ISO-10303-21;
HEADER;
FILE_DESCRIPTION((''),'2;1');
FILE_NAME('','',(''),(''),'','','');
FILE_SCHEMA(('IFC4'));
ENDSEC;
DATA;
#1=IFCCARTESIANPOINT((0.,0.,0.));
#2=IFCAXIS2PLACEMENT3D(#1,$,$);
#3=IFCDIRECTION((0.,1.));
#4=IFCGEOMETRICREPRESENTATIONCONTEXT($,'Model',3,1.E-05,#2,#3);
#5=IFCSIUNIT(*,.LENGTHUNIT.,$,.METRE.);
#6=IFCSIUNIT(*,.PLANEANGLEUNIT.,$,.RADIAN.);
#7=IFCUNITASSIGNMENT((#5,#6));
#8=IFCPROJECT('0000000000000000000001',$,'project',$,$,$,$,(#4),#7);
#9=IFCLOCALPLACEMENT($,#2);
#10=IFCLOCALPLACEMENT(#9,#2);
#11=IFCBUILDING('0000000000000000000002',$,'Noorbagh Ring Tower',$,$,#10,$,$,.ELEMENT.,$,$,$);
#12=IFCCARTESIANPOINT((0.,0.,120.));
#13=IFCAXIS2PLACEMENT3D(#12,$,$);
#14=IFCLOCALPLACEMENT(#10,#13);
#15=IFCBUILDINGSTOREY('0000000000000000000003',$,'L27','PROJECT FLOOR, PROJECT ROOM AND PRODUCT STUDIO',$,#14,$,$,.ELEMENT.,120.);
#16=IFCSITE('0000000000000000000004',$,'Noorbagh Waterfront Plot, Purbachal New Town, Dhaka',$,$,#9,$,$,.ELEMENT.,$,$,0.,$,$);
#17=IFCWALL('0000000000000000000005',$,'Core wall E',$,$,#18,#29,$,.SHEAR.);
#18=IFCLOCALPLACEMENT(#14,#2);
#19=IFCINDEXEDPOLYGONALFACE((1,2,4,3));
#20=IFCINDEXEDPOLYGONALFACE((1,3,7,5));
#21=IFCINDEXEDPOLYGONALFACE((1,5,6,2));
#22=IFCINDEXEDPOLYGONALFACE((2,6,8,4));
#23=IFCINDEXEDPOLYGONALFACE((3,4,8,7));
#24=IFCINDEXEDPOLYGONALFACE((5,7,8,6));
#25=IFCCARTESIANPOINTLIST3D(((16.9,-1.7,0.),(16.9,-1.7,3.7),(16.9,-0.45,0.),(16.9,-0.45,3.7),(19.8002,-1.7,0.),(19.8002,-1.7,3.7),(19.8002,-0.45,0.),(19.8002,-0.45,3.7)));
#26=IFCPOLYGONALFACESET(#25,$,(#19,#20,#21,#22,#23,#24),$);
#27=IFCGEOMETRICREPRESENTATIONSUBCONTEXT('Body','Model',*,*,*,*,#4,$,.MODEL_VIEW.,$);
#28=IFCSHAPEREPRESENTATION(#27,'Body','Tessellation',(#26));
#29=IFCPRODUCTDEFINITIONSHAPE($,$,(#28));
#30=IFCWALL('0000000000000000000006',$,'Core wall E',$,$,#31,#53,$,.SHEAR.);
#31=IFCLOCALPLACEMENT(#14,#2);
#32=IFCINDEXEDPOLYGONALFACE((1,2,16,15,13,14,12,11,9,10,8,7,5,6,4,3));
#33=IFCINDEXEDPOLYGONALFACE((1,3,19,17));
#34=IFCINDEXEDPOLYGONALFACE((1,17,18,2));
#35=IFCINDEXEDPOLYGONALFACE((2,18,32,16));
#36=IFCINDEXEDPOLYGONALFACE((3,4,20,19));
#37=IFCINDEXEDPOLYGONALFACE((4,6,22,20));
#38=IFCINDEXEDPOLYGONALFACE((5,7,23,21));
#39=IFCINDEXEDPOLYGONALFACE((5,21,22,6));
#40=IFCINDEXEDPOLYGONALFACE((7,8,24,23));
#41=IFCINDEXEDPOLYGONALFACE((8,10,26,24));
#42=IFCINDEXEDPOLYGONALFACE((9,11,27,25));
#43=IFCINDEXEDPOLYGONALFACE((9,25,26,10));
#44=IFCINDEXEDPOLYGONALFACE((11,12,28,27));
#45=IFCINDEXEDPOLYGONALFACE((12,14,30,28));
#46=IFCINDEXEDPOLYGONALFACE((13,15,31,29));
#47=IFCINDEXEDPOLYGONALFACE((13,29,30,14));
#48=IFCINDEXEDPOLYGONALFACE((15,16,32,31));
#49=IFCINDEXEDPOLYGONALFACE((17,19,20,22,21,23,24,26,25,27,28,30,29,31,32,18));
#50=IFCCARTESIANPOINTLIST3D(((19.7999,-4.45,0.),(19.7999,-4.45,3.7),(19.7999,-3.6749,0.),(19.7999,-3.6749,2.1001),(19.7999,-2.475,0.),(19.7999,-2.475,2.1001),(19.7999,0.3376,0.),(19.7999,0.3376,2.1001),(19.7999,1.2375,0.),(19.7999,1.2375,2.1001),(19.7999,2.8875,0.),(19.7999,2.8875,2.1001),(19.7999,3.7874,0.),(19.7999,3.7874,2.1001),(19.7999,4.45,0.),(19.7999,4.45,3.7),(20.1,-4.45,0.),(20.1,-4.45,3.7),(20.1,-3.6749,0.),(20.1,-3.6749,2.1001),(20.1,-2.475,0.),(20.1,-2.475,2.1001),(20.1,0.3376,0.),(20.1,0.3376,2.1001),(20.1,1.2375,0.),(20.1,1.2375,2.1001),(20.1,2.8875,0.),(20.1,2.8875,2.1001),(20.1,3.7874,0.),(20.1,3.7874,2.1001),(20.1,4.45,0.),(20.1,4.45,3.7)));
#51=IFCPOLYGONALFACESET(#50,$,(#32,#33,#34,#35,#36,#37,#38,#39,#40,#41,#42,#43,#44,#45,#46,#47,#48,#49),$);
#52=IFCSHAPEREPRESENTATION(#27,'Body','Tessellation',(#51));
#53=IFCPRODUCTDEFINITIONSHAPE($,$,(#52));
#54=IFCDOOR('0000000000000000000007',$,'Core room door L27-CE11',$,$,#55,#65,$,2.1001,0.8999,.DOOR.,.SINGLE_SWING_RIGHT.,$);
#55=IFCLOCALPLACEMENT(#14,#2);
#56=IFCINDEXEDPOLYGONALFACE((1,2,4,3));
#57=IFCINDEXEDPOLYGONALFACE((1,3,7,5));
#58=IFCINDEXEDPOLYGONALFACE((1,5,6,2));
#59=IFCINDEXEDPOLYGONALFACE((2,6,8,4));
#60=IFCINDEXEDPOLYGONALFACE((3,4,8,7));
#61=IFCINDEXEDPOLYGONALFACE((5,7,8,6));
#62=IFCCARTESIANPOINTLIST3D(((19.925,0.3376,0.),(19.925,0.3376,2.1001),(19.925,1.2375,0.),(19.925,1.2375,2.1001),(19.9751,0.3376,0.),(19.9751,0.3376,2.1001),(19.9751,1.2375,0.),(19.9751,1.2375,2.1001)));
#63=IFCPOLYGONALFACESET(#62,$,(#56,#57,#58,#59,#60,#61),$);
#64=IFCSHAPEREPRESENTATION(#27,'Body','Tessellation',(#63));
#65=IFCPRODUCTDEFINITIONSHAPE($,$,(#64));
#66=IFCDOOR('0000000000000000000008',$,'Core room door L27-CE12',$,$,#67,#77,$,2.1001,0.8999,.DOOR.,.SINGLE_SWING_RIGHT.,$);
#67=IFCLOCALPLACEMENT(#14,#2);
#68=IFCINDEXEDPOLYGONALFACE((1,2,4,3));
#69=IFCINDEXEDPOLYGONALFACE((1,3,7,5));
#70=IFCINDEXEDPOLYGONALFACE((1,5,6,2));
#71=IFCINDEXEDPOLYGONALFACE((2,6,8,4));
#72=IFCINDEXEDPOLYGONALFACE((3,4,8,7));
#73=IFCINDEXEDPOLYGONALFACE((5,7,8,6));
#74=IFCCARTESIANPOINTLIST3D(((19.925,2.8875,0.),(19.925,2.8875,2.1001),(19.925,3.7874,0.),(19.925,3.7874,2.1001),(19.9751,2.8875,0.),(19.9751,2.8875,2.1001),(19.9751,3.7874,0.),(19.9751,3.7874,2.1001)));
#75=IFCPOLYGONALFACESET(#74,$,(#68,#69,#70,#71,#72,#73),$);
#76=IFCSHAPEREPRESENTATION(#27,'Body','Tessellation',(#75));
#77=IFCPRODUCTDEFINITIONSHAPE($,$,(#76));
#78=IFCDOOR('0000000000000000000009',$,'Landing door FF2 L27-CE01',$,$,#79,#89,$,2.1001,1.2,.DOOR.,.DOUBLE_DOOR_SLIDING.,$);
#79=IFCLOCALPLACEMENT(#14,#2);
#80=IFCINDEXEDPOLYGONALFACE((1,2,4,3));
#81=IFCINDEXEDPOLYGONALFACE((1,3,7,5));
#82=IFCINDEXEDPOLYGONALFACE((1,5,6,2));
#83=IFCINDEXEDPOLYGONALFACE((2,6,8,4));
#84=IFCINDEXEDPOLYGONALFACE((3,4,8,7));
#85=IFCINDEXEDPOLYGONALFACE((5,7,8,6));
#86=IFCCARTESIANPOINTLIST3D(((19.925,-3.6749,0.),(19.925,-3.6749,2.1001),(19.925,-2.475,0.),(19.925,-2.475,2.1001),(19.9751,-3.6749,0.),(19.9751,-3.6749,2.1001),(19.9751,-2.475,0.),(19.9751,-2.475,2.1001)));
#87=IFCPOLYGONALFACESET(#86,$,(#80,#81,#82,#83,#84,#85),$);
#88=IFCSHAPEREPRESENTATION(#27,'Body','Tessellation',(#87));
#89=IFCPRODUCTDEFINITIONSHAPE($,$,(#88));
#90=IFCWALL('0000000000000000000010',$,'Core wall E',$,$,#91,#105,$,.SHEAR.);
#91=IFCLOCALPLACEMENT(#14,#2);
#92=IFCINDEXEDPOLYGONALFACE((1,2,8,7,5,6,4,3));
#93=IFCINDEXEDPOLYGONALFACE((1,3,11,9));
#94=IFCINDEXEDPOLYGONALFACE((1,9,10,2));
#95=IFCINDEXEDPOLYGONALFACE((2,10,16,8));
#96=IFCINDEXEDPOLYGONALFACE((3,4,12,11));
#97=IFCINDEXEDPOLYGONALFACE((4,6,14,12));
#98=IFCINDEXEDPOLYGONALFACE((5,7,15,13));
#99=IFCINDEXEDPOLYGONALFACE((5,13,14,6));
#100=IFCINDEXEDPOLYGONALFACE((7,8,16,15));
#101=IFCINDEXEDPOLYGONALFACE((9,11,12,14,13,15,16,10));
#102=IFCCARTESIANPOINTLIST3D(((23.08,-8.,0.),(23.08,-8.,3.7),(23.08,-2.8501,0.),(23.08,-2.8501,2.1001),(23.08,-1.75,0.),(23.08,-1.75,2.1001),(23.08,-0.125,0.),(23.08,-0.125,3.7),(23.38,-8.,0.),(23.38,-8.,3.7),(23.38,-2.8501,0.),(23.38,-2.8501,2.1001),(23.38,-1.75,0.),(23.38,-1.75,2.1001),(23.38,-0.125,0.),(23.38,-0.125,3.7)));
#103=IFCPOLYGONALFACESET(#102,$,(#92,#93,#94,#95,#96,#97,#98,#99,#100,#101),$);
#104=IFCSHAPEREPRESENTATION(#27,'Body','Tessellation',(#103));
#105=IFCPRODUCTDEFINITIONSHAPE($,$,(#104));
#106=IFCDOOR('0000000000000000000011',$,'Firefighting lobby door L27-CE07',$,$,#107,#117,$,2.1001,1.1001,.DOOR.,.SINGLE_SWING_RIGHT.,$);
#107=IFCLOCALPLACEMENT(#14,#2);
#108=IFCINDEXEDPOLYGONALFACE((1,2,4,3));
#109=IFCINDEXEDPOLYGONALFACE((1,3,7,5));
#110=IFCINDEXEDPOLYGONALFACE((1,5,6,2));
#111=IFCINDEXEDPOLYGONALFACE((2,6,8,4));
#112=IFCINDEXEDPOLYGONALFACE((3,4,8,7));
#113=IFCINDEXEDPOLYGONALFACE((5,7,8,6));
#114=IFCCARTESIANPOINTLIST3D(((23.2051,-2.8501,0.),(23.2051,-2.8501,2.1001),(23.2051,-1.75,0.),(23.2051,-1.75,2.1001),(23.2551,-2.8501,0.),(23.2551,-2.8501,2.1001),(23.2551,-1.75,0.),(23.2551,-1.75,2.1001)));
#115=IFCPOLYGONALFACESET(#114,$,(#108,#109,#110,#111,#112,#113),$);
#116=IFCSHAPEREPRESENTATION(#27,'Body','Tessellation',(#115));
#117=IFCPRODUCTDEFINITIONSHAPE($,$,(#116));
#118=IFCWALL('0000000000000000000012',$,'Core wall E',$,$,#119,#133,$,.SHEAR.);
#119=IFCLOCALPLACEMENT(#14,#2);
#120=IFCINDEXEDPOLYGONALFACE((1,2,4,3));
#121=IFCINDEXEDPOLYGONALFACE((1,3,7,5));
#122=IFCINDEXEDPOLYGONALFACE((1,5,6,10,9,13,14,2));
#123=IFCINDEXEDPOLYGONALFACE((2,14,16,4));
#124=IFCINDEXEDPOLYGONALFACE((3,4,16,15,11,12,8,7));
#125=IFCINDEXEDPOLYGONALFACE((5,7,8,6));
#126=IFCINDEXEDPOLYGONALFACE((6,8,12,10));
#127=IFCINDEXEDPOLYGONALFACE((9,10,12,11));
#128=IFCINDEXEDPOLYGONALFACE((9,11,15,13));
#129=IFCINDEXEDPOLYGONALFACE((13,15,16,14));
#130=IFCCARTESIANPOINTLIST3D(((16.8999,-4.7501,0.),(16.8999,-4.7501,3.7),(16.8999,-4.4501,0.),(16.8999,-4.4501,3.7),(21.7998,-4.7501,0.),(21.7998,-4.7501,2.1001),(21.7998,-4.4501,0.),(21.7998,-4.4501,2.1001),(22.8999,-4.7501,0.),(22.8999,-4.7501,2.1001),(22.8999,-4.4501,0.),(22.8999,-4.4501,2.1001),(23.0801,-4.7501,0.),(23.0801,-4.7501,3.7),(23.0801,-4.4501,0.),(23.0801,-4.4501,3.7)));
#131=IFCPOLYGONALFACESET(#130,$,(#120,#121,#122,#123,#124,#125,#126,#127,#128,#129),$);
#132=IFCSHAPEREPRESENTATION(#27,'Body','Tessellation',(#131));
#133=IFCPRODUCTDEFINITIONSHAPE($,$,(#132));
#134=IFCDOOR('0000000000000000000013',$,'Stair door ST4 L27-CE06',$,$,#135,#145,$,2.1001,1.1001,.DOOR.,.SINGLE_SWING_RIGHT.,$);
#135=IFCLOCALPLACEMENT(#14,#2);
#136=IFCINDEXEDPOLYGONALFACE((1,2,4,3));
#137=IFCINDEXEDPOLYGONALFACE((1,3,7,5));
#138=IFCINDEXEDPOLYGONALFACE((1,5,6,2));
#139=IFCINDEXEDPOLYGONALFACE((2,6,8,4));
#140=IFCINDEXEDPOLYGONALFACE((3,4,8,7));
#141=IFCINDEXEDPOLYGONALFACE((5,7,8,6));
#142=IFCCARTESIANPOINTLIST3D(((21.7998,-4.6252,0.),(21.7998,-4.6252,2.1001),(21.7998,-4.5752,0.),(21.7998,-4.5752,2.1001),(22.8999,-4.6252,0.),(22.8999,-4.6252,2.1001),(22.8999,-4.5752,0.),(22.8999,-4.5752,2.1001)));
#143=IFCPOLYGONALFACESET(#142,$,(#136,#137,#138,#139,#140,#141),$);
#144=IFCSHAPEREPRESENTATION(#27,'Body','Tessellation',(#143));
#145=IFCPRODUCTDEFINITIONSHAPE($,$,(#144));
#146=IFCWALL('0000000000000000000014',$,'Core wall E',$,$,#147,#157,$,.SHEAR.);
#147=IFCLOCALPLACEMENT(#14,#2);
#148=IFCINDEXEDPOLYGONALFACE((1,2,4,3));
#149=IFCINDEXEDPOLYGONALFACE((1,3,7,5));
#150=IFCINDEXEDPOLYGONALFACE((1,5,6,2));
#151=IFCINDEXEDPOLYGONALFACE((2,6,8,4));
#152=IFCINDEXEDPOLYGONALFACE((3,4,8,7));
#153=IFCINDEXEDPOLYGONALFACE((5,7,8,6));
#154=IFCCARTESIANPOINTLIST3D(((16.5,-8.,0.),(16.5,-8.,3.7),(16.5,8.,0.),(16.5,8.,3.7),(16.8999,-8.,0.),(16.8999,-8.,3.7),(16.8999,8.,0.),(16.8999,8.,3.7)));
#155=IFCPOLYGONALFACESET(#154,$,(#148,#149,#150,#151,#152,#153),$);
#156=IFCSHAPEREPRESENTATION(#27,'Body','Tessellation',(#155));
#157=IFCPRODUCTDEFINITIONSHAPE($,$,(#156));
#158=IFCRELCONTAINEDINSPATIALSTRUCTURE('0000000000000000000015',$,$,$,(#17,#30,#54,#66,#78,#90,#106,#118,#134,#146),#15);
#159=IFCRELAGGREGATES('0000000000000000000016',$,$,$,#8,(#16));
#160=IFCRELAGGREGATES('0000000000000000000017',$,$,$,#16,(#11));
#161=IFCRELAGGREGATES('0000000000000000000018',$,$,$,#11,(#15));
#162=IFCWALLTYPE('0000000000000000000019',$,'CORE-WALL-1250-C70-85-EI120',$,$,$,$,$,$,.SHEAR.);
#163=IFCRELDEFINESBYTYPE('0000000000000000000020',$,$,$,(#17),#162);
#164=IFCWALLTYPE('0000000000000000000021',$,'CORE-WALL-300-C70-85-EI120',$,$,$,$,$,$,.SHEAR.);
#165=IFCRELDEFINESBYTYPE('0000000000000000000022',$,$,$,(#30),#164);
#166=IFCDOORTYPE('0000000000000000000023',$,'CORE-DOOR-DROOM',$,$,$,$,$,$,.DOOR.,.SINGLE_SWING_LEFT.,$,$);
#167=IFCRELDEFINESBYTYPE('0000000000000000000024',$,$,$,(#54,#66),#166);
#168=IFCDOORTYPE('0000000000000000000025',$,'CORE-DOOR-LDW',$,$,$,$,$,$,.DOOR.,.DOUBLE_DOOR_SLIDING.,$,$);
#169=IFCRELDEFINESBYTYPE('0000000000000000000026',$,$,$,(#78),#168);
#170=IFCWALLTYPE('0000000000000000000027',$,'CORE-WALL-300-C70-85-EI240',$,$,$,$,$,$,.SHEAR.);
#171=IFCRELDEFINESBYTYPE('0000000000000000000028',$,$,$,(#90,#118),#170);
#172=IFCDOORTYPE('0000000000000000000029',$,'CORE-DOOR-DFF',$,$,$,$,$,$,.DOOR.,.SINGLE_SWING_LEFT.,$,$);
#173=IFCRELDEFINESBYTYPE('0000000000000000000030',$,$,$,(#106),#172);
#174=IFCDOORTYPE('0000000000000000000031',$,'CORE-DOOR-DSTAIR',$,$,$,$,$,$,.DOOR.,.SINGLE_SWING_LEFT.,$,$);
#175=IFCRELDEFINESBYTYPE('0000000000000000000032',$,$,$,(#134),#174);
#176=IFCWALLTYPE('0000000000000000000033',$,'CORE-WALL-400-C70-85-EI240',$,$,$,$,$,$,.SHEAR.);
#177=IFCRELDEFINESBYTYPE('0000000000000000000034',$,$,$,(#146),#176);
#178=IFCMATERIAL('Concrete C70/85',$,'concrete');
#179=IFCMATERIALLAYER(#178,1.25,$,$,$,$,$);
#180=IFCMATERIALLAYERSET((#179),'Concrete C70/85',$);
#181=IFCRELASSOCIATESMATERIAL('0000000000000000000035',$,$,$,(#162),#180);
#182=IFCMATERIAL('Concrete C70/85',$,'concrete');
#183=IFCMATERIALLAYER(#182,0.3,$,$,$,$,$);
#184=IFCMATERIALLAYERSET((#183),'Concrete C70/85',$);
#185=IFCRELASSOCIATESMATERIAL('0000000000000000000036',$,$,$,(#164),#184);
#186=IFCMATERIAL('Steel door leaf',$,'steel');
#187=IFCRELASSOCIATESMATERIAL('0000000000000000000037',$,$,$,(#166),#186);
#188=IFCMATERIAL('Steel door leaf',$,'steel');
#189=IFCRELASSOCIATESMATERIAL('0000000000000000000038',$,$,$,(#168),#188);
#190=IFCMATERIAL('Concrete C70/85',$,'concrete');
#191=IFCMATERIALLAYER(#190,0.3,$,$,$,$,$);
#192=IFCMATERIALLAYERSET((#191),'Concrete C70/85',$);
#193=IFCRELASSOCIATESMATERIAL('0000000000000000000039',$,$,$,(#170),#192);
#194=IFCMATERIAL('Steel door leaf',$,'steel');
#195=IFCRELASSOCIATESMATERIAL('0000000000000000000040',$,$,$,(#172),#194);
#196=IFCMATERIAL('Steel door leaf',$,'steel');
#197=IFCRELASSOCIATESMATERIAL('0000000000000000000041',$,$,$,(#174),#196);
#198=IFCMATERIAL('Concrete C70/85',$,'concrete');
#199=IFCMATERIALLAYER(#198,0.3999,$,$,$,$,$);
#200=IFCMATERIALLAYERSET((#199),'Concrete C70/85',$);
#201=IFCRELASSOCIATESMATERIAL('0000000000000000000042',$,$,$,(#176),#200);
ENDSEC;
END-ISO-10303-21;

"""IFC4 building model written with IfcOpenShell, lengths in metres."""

from ifc_helpers import new_model, si_unit, direction, frame, frame_2d, origin, place, context, subcontext, project, spatial, rectangle, extrude, material, layer, layer_set, type_object, element, fill, save


model = new_model("IFC4")

# Units and contexts
model_context = context("Model", 3, precision=1e-05, world=origin(), true_north=direction((0.0, 1.0)))
body_context = subcontext(model_context, "Body", "Model", "MODEL_VIEW")
ifc_project = project(units=[si_unit("LENGTHUNIT", "METRE"), si_unit("PLANEANGLEUNIT", "RADIAN")], contexts=[model_context])

# Site, building, storey
site_placement = place(None, origin())
site = spatial("IfcSite", under=ifc_project, at=site_placement, Name="Noorbagh Waterfront Plot, Purbachal New Town, Dhaka", CompositionType="ELEMENT", RefElevation=0.0)
building_placement = place(site_placement, origin())
building = spatial("IfcBuilding", under=site, at=building_placement, Name="Noorbagh Ring Tower", CompositionType="ELEMENT")
storey_placement = place(building_placement, frame((0.0, 0.0, 120.0)))
storey = spatial("IfcBuildingStorey", under=building, at=storey_placement, Name="L27", Description="PROJECT FLOOR, PROJECT ROOM AND PRODUCT STUDIO", CompositionType="ELEMENT", Elevation=120.0)

# Wall
ifc_material_1 = material(Name="Concrete C70/85", Category="concrete")
ifc_layer_1 = layer(ifc_material_1, 1.25)
ifc_layer_set_1 = layer_set([ifc_layer_1], Name="Concrete C70/85")
wall_type_1 = type_object("IfcWallType", Name="CORE-WALL-1250-C70-85-EI120", PredefinedType="SHEAR", material=ifc_layer_set_1)
wall_1_placement = place(storey_placement, frame((16.8999, -1.075, 0.0), z_axis=(0.0, 0.0, 1.0), x_axis=(1.0, 0.0, 0.0)))
element("IfcWall", 1, at=wall_1_placement, inside=storey, type_object=wall_type_1, Name="Core wall E", PredefinedType="SHEAR", context=body_context, shape_type="SweptSolid", body=[
    extrude(rectangle(XDim=2.9001, YDim=1.25, at=frame_2d((1.4502, 0.0))), origin(), (0.0, 0.0, 1.0), 3.7),
])

# Wall, openings, doors
ifc_material_2 = material(Name="Concrete C70/85", Category="concrete")
ifc_layer_2 = layer(ifc_material_2, 0.3)
ifc_layer_set_2 = layer_set([ifc_layer_2], Name="Concrete C70/85")
wall_type_2 = type_object("IfcWallType", Name="CORE-WALL-300-C70-85-EI120", PredefinedType="SHEAR", material=ifc_layer_set_2)
wall_2_placement = place(storey_placement, frame((19.95, -4.45, 0.0), z_axis=(0.0, 0.0, 1.0), x_axis=(0.0, 1.0, 0.0)))
wall_2 = element("IfcWall", 2, at=wall_2_placement, inside=storey, type_object=wall_type_2, Name="Core wall E", PredefinedType="SHEAR", context=body_context, shape_type="SweptSolid", body=[
    extrude(rectangle(XDim=8.8999, YDim=0.3, at=frame_2d((4.45, 0.0))), origin(), (0.0, 0.0, 1.0), 3.7),
])
opening_1_placement = place(wall_2_placement, frame((0.7749, 0.0, 0.0)))
opening_1 = element("IfcOpeningElement", 3, at=opening_1_placement, cuts=wall_2, PredefinedType="OPENING", context=body_context, shape_type="SweptSolid", body=[
    extrude(rectangle(XDim=1.2, YDim=2.1001, at=frame_2d((0.6001, 1.05))), frame((0.0, 0.1602, 0.0), z_axis=(0.0, -1.0, 0.0), x_axis=(1.0, 0.0, 0.0)), (0.0, 0.0, 1.0), 0.3201),
])
opening_2_placement = place(wall_2_placement, frame((4.7876, 0.0, 0.0)))
opening_2 = element("IfcOpeningElement", 4, at=opening_2_placement, cuts=wall_2, PredefinedType="OPENING", context=body_context, shape_type="SweptSolid", body=[
    extrude(rectangle(XDim=0.8999, YDim=2.1001, at=frame_2d((0.45, 1.05))), frame((0.0, 0.1602, 0.0), z_axis=(0.0, -1.0, 0.0), x_axis=(1.0, 0.0, 0.0)), (0.0, 0.0, 1.0), 0.3201),
])
opening_3_placement = place(wall_2_placement, frame((7.3374, 0.0, 0.0)))
opening_3 = element("IfcOpeningElement", 5, at=opening_3_placement, cuts=wall_2, PredefinedType="OPENING", context=body_context, shape_type="SweptSolid", body=[
    extrude(rectangle(XDim=0.8999, YDim=2.1001, at=frame_2d((0.45, 1.05))), frame((0.0, 0.1602, 0.0), z_axis=(0.0, -1.0, 0.0), x_axis=(1.0, 0.0, 0.0)), (0.0, 0.0, 1.0), 0.3201),
])
ifc_material_3 = material(Name="Steel door leaf", Category="steel")
door_type_1 = type_object("IfcDoorType", Name="CORE-DOOR-DROOM", OperationType="SINGLE_SWING_LEFT", PredefinedType="DOOR", material=ifc_material_3)
door_1_placement = place(opening_2_placement, origin())
door_1 = element("IfcDoor", 6, at=door_1_placement, inside=storey, type_object=door_type_1, Name="Core room door L27-CE11", OperationType="SINGLE_SWING_RIGHT", OverallHeight=2.1001, OverallWidth=0.8999, PredefinedType="DOOR", context=body_context, shape_type="SweptSolid", body=[
    extrude(rectangle(XDim=0.8999, YDim=2.1001, at=frame_2d((0.45, 1.05))), frame((0.0, 0.0249, 0.0), z_axis=(0.0, -1.0, 0.0), x_axis=(1.0, 0.0, 0.0)), (0.0, 0.0, 1.0), 0.05),
])
fill(opening_2, door_1)
door_2_placement = place(opening_3_placement, origin())
door_2 = element("IfcDoor", 7, at=door_2_placement, inside=storey, type_object=door_type_1, Name="Core room door L27-CE12", OperationType="SINGLE_SWING_RIGHT", OverallHeight=2.1001, OverallWidth=0.8999, PredefinedType="DOOR", context=body_context, shape_type="SweptSolid", body=[
    extrude(rectangle(XDim=0.8999, YDim=2.1001, at=frame_2d((0.45, 1.05))), frame((0.0, 0.0249, 0.0), z_axis=(0.0, -1.0, 0.0), x_axis=(1.0, 0.0, 0.0)), (0.0, 0.0, 1.0), 0.05),
])
fill(opening_3, door_2)
ifc_material_4 = material(Name="Steel door leaf", Category="steel")
door_type_2 = type_object("IfcDoorType", Name="CORE-DOOR-LDW", OperationType="DOUBLE_DOOR_SLIDING", PredefinedType="DOOR", material=ifc_material_4)
door_3_placement = place(opening_1_placement, origin())
door_3 = element("IfcDoor", 8, at=door_3_placement, inside=storey, type_object=door_type_2, Name="Landing door FF2 L27-CE01", OperationType="DOUBLE_DOOR_SLIDING", OverallHeight=2.1001, OverallWidth=1.2, PredefinedType="DOOR", context=body_context, shape_type="SweptSolid", body=[
    extrude(rectangle(XDim=1.2, YDim=2.1001, at=frame_2d((0.6001, 1.05))), frame((0.0, 0.0249, 0.0), z_axis=(0.0, -1.0, 0.0), x_axis=(1.0, 0.0, 0.0)), (0.0, 0.0, 1.0), 0.05),
])
fill(opening_1, door_3)

# Walls, openings, doors
ifc_material_5 = material(Name="Concrete C70/85", Category="concrete")
ifc_layer_3 = layer(ifc_material_5, 0.3)
ifc_layer_set_3 = layer_set([ifc_layer_3], Name="Concrete C70/85")
wall_type_3 = type_object("IfcWallType", Name="CORE-WALL-300-C70-85-EI240", PredefinedType="SHEAR", material=ifc_layer_set_3)
wall_3_placement = place(storey_placement, frame((23.23, -8.0, 0.0), z_axis=(0.0, 0.0, 1.0), x_axis=(0.0, 1.0, 0.0)))
wall_3 = element("IfcWall", 9, at=wall_3_placement, inside=storey, type_object=wall_type_3, Name="Core wall E", PredefinedType="SHEAR", context=body_context, shape_type="SweptSolid", body=[
    extrude(rectangle(XDim=7.875, YDim=0.3, at=frame_2d((3.9375, 0.0))), origin(), (0.0, 0.0, 1.0), 3.7),
])
opening_4_placement = place(wall_3_placement, frame((5.1499, 0.0, 0.0)))
opening_4 = element("IfcOpeningElement", 10, at=opening_4_placement, cuts=wall_3, PredefinedType="OPENING", context=body_context, shape_type="SweptSolid", body=[
    extrude(rectangle(XDim=1.1001, YDim=2.1001, at=frame_2d((0.55, 1.05))), frame((0.0, 0.1602, 0.0), z_axis=(0.0, -1.0, 0.0), x_axis=(1.0, 0.0, 0.0)), (0.0, 0.0, 1.0), 0.3201),
])
ifc_material_6 = material(Name="Steel door leaf", Category="steel")
door_type_3 = type_object("IfcDoorType", Name="CORE-DOOR-DFF", OperationType="SINGLE_SWING_LEFT", PredefinedType="DOOR", material=ifc_material_6)
door_4_placement = place(opening_4_placement, origin())
door_4 = element("IfcDoor", 11, at=door_4_placement, inside=storey, type_object=door_type_3, Name="Firefighting lobby door L27-CE07", OperationType="SINGLE_SWING_RIGHT", OverallHeight=2.1001, OverallWidth=1.1001, PredefinedType="DOOR", context=body_context, shape_type="SweptSolid", body=[
    extrude(rectangle(XDim=1.1001, YDim=2.1001, at=frame_2d((0.55, 1.05))), frame((0.0, 0.0249, 0.0), z_axis=(0.0, -1.0, 0.0), x_axis=(1.0, 0.0, 0.0)), (0.0, 0.0, 1.0), 0.05),
])
fill(opening_4, door_4)
wall_4_placement = place(storey_placement, frame((16.8999, -4.6001, 0.0), z_axis=(0.0, 0.0, 1.0), x_axis=(1.0, 0.0, 0.0)))
wall_4 = element("IfcWall", 12, at=wall_4_placement, inside=storey, type_object=wall_type_3, Name="Core wall E", PredefinedType="SHEAR", context=body_context, shape_type="SweptSolid", body=[
    extrude(rectangle(XDim=6.1802, YDim=0.3, at=frame_2d((3.0901, 0.0))), origin(), (0.0, 0.0, 1.0), 3.7),
])
opening_5_placement = place(wall_4_placement, frame((4.8999, 0.0, 0.0)))
opening_5 = element("IfcOpeningElement", 13, at=opening_5_placement, cuts=wall_4, PredefinedType="OPENING", context=body_context, shape_type="SweptSolid", body=[
    extrude(rectangle(XDim=1.1001, YDim=2.1001, at=frame_2d((0.55, 1.05))), frame((0.0, 0.1602, 0.0), z_axis=(0.0, -1.0, 0.0), x_axis=(1.0, 0.0, 0.0)), (0.0, 0.0, 1.0), 0.3201),
])
ifc_material_7 = material(Name="Steel door leaf", Category="steel")
door_type_4 = type_object("IfcDoorType", Name="CORE-DOOR-DSTAIR", OperationType="SINGLE_SWING_LEFT", PredefinedType="DOOR", material=ifc_material_7)
door_5_placement = place(opening_5_placement, origin())
door_5 = element("IfcDoor", 14, at=door_5_placement, inside=storey, type_object=door_type_4, Name="Stair door ST4 L27-CE06", OperationType="SINGLE_SWING_RIGHT", OverallHeight=2.1001, OverallWidth=1.1001, PredefinedType="DOOR", context=body_context, shape_type="SweptSolid", body=[
    extrude(rectangle(XDim=1.1001, YDim=2.1001, at=frame_2d((0.55, 1.05))), frame((0.0, 0.0249, 0.0), z_axis=(0.0, -1.0, 0.0), x_axis=(1.0, 0.0, 0.0)), (0.0, 0.0, 1.0), 0.05),
])
fill(opening_5, door_5)

# Wall
ifc_material_8 = material(Name="Concrete C70/85", Category="concrete")
ifc_layer_4 = layer(ifc_material_8, 0.3999)
ifc_layer_set_4 = layer_set([ifc_layer_4], Name="Concrete C70/85")
wall_type_4 = type_object("IfcWallType", Name="CORE-WALL-400-C70-85-EI240", PredefinedType="SHEAR", material=ifc_layer_set_4)
wall_5_placement = place(storey_placement, frame((16.7, -8.0, 0.0), z_axis=(0.0, 0.0, 1.0), x_axis=(0.0, 1.0, 0.0)))
element("IfcWall", 15, at=wall_5_placement, inside=storey, type_object=wall_type_4, Name="Core wall E", PredefinedType="SHEAR", context=body_context, shape_type="SweptSolid", body=[
    extrude(rectangle(XDim=16.0, YDim=0.3999, at=frame_2d((8.0, 0.0))), origin(), (0.0, 0.0, 1.0), 3.7),
])

save(model, "model.ifc")
